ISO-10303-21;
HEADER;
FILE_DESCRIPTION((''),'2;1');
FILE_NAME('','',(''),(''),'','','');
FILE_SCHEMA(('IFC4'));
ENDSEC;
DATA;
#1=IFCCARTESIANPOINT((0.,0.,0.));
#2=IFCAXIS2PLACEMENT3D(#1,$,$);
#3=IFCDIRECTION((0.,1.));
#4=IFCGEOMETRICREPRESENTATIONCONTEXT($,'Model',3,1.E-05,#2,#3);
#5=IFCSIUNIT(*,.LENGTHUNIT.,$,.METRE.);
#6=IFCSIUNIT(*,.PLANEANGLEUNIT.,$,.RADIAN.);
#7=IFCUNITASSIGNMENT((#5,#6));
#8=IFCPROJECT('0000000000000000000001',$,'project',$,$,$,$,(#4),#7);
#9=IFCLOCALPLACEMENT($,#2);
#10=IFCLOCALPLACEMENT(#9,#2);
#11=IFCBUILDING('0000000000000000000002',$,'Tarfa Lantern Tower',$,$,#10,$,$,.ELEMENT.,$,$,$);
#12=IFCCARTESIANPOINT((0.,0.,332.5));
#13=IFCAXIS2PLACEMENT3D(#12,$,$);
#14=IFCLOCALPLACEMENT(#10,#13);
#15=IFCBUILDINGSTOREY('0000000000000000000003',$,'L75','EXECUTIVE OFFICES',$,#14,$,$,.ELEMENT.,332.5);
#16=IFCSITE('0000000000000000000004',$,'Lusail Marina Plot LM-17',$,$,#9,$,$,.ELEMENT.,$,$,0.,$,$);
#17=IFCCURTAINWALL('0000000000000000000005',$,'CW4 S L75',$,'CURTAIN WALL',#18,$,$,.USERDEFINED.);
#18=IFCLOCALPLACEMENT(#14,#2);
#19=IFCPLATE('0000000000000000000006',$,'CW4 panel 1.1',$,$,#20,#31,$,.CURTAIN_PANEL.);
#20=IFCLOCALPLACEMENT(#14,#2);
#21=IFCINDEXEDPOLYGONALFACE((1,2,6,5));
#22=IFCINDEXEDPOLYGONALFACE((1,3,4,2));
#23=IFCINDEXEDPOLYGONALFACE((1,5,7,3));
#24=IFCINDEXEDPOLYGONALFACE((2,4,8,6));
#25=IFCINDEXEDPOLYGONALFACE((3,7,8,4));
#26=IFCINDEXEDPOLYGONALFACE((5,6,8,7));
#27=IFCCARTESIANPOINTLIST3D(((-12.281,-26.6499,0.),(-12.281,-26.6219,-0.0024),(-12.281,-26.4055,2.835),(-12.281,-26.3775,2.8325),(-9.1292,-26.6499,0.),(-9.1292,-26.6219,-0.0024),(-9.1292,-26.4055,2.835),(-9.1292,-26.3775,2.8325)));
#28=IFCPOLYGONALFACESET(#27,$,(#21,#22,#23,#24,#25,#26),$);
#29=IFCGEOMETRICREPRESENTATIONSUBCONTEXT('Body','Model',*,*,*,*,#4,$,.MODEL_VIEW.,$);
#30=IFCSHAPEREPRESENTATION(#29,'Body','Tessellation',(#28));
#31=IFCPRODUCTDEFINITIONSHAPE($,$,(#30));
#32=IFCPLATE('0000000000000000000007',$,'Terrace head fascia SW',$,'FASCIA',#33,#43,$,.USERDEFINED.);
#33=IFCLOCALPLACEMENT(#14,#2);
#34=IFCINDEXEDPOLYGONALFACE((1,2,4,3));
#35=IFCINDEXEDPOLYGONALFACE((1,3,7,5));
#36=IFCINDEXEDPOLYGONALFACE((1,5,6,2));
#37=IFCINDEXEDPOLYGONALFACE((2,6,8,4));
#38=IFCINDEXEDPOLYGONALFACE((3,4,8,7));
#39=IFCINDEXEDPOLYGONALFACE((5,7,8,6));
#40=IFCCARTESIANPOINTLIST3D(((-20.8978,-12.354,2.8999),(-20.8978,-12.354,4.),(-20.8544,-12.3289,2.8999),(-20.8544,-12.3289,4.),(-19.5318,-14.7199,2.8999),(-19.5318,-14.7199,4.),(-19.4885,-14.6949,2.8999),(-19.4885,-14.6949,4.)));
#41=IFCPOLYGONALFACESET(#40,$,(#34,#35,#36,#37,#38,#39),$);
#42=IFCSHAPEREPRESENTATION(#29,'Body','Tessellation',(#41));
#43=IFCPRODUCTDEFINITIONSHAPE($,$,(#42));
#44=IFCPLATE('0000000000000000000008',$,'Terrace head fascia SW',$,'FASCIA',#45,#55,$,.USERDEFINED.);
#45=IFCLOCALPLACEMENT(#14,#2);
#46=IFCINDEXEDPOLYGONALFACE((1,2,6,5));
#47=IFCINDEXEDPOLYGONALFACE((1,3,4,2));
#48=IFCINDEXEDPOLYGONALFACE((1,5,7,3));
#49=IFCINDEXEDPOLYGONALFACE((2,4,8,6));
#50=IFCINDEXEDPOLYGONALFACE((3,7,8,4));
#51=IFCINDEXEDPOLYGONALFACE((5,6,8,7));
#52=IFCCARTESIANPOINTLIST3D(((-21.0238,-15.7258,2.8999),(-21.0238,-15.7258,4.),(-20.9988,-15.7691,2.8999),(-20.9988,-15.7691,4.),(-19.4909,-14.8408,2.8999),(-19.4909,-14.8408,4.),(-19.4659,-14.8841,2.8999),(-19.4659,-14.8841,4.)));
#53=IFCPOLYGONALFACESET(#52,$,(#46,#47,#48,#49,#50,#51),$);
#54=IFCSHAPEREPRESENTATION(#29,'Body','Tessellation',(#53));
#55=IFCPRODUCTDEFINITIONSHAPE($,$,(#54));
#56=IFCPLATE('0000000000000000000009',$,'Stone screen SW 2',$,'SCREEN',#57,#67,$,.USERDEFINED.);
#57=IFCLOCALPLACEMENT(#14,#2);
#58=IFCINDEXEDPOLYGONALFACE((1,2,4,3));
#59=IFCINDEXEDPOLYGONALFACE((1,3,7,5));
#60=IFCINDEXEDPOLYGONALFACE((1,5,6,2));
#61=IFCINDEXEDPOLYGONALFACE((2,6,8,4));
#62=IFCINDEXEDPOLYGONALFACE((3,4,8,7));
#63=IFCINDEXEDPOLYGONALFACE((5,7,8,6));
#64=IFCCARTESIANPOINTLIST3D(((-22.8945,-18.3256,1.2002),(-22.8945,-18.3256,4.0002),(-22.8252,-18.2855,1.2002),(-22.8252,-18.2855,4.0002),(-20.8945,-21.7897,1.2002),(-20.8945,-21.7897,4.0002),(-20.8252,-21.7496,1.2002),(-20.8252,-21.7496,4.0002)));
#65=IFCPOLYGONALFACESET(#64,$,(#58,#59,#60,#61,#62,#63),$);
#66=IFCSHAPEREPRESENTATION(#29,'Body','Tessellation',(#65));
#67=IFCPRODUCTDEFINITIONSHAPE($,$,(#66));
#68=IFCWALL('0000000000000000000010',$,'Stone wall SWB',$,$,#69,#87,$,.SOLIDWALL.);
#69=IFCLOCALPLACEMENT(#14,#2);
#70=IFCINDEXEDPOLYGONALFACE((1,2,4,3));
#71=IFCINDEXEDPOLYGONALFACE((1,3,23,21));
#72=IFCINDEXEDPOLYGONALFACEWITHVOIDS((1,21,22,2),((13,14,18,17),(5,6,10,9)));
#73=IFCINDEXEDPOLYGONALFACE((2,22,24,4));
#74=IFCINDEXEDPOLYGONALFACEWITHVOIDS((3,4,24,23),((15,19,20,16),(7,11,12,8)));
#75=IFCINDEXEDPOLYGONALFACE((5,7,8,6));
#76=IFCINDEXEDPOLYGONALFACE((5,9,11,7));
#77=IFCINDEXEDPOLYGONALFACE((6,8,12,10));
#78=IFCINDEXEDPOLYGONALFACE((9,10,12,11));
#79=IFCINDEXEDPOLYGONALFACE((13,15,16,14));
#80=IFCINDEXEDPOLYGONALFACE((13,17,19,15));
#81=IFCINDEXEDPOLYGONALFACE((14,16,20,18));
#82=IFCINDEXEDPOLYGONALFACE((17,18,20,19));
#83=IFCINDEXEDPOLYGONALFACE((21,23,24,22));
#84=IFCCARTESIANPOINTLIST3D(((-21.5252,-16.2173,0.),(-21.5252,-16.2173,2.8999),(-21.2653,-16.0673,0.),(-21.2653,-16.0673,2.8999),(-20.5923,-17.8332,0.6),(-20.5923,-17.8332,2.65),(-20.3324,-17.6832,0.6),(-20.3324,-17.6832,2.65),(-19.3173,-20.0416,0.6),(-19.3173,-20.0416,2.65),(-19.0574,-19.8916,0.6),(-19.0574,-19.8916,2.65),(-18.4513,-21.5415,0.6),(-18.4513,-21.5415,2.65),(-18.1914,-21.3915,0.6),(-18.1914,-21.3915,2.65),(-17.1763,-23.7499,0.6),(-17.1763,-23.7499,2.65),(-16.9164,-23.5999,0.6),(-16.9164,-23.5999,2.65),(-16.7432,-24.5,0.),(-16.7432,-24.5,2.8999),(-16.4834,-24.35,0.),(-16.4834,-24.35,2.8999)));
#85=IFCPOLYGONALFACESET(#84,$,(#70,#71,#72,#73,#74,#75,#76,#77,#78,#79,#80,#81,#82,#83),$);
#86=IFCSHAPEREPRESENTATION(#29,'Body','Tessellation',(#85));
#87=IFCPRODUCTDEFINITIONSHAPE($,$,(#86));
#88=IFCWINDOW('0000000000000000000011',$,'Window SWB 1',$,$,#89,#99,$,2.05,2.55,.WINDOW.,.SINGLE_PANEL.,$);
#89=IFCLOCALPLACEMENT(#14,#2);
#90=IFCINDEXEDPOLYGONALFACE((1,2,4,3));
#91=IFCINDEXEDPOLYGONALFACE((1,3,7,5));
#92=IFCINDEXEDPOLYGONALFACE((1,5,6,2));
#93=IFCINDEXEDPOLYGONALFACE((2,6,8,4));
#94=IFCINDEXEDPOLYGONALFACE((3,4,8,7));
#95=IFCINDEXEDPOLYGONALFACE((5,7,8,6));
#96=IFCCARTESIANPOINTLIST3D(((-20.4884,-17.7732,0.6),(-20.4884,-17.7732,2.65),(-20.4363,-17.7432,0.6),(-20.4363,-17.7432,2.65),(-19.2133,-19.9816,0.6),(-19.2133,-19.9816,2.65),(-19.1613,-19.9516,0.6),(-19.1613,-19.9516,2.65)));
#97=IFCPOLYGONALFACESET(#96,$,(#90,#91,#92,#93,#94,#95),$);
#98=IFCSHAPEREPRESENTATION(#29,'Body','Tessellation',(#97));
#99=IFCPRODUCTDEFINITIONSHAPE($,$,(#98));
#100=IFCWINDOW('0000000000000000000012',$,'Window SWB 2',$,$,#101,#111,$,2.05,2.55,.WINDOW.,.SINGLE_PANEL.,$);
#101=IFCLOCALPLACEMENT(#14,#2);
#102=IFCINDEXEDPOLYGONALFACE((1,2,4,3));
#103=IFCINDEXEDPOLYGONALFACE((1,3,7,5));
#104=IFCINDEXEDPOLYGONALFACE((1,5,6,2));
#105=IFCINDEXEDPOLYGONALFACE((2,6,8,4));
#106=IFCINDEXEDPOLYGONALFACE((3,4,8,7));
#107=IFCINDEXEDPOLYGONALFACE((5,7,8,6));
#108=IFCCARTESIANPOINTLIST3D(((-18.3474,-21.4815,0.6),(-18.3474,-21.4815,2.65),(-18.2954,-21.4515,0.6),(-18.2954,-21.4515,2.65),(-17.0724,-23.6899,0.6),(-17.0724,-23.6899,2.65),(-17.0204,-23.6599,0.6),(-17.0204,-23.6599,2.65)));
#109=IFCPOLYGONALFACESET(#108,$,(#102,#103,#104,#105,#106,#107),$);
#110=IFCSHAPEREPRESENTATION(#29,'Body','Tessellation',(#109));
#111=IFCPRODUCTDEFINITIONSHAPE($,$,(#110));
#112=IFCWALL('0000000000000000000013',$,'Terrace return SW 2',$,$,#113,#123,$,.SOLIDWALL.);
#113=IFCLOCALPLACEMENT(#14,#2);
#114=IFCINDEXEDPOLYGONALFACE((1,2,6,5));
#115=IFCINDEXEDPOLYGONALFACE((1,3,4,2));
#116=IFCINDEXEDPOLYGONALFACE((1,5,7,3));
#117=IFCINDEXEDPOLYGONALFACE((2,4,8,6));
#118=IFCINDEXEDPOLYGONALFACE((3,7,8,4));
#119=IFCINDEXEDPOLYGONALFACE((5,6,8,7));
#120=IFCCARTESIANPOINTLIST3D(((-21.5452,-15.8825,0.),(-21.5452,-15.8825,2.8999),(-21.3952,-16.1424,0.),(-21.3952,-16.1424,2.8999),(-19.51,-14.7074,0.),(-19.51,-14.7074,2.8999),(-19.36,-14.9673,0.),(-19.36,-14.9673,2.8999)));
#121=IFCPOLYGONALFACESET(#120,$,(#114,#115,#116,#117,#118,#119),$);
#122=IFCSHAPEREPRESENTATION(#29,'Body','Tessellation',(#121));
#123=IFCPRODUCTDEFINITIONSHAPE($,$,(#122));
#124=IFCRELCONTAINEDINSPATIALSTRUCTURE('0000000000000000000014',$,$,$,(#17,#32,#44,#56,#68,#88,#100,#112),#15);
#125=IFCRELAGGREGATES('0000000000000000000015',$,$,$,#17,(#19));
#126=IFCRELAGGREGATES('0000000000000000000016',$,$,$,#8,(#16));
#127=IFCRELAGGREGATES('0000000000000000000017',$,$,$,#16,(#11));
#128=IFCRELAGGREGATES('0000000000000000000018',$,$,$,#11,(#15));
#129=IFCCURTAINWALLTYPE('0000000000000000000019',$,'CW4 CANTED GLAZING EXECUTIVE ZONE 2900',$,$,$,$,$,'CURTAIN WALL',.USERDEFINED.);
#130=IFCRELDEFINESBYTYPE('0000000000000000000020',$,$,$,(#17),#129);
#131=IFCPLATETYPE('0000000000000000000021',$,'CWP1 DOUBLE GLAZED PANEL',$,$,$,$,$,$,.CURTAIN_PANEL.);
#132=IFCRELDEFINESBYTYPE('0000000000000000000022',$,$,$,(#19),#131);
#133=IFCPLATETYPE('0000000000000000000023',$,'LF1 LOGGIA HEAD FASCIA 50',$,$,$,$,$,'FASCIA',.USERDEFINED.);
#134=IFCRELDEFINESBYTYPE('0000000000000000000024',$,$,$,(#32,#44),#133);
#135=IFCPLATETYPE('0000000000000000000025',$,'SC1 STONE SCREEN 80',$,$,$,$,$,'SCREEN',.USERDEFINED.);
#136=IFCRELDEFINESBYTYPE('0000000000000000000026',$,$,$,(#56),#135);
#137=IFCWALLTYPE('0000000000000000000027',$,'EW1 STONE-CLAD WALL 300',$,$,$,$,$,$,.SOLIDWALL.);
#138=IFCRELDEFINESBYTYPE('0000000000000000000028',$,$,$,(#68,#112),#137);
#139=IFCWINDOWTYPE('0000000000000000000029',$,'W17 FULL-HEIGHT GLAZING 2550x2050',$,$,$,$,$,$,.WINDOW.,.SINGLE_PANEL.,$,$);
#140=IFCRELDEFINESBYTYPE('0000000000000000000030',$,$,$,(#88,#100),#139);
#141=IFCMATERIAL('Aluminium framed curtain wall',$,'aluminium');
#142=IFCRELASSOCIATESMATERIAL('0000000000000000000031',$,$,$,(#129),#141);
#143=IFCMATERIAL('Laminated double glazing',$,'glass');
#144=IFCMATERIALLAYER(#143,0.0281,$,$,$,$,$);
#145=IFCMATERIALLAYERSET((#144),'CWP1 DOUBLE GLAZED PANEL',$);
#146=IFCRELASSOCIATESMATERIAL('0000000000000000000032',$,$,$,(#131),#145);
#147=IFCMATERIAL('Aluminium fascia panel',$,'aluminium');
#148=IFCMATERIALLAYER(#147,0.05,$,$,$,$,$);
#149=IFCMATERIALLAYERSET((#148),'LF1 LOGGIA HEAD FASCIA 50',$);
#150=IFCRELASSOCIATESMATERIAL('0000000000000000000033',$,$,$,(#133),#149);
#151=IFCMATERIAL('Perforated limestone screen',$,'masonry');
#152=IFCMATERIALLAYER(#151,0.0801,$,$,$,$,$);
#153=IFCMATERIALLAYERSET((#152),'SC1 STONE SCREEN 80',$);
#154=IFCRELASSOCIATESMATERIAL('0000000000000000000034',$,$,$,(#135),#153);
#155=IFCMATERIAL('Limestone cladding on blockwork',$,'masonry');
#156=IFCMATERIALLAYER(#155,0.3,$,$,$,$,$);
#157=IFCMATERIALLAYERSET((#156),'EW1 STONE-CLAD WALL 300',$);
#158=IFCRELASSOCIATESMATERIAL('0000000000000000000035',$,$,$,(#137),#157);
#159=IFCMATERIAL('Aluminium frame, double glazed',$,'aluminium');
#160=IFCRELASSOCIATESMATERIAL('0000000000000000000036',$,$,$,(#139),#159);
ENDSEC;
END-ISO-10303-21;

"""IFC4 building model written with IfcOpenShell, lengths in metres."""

from ifc_helpers import new_model, si_unit, direction, frame, frame_2d, origin, origin_2d, place, context, subcontext, project, spatial, polyline, rectangle, outline, extrude, material, layer, layer_set, type_object, element, fill, aggregate, save


model = new_model("IFC4")

# Units and contexts
model_context = context("Model", 3, precision=1e-05, world=origin(), true_north=direction((0.0, 1.0)))
body_context = subcontext(model_context, "Body", "Model", "MODEL_VIEW")
ifc_project = project(units=[si_unit("LENGTHUNIT", "METRE"), si_unit("PLANEANGLEUNIT", "RADIAN")], contexts=[model_context])

# Site, building, storey
site_placement = place(None, origin())
site = spatial("IfcSite", under=ifc_project, at=site_placement, Name="Lusail Marina Plot LM-17", CompositionType="ELEMENT", RefElevation=0.0)
building_placement = place(site_placement, origin())
building = spatial("IfcBuilding", under=site, at=building_placement, Name="Tarfa Lantern Tower", CompositionType="ELEMENT")
storey_placement = place(building_placement, frame((0.0, 0.0, 332.5)))
storey = spatial("IfcBuildingStorey", under=building, at=storey_placement, Name="L75", Description="EXECUTIVE OFFICES", CompositionType="ELEMENT", Elevation=332.5)

# Curtain wall
ifc_material_1 = material(Name="Aluminium framed curtain wall", Category="aluminium")
curtain_wall_type = type_object("IfcCurtainWallType", Name="CW4 CANTED GLAZING EXECUTIVE ZONE 2900", ElementType="CURTAIN WALL", PredefinedType="USERDEFINED", material=ifc_material_1)
curtain_wall_placement = place(storey_placement, origin())
curtain_wall = element("IfcCurtainWall", 1, at=curtain_wall_placement, inside=storey, type_object=curtain_wall_type, Name="CW4 S L75", ObjectType="CURTAIN WALL", PredefinedType="USERDEFINED")

# Plate
ifc_material_2 = material(Name="Laminated double glazing", Category="glass")
ifc_layer_1 = layer(ifc_material_2, 0.0281)
ifc_layer_set_1 = layer_set([ifc_layer_1], Name="CWP1 DOUBLE GLAZED PANEL")
plate_type_1 = type_object("IfcPlateType", Name="CWP1 DOUBLE GLAZED PANEL", PredefinedType="CURTAIN_PANEL", material=ifc_layer_set_1)
plate_1_placement = place(storey_placement, frame((-12.281, -26.6499, 0.0), z_axis=(0.0, -0.996305, 0.085885), x_axis=(1.0, 0.0, 0.0)))
plate_1 = element("IfcPlate", 2, at=plate_1_placement, type_object=plate_type_1, Name="CW4 panel 1.1", PredefinedType="CURTAIN_PANEL", context=body_context, shape_type="SweptSolid", body=[
    extrude(outline(polyline([(0.0, 0.0), (3.1519, 0.0), (3.1519, 2.8455), (0.0, 2.8455), (0.0, 0.0)])), origin(), (0.0, 0.0, -1.0), 0.0281),
])
aggregate(curtain_wall, [plate_1])

# Plates
ifc_material_3 = material(Name="Aluminium fascia panel", Category="aluminium")
ifc_layer_2 = layer(ifc_material_3, 0.05)
ifc_layer_set_2 = layer_set([ifc_layer_2], Name="LF1 LOGGIA HEAD FASCIA 50")
plate_type_2 = type_object("IfcPlateType", Name="LF1 LOGGIA HEAD FASCIA 50", ElementType="FASCIA", PredefinedType="USERDEFINED", material=ifc_layer_set_2)
plate_2_placement = place(storey_placement, frame((-20.1931, -13.5244, 2.8999), z_axis=(0.0, 0.0, 1.0), x_axis=(0.5, -0.866025, 0.0)))
element("IfcPlate", 3, at=plate_2_placement, inside=storey, type_object=plate_type_2, Name="Terrace head fascia SW", ObjectType="FASCIA", PredefinedType="USERDEFINED", context=body_context, shape_type="SweptSolid", body=[
    extrude(rectangle(XDim=2.7319, YDim=0.05, at=origin_2d()), origin(), (0.0, 0.0, 1.0), 1.1001),
])
plate_3_placement = place(storey_placement, frame((-20.2449, -15.3049, 2.8999), z_axis=(0.0, 0.0, 1.0), x_axis=(0.866025, 0.5, 0.0)))
element("IfcPlate", 4, at=plate_3_placement, inside=storey, type_object=plate_type_2, Name="Terrace head fascia SW", ObjectType="FASCIA", PredefinedType="USERDEFINED", context=body_context, shape_type="SweptSolid", body=[
    extrude(rectangle(XDim=1.77, YDim=0.05, at=origin_2d()), origin(), (0.0, 0.0, 1.0), 1.1001),
])
ifc_material_4 = material(Name="Perforated limestone screen", Category="masonry")
ifc_layer_3 = layer(ifc_material_4, 0.0801)
ifc_layer_set_3 = layer_set([ifc_layer_3], Name="SC1 STONE SCREEN 80")
plate_type_3 = type_object("IfcPlateType", Name="SC1 STONE SCREEN 80", ElementType="SCREEN", PredefinedType="USERDEFINED", material=ifc_layer_set_3)
plate_4_placement = place(storey_placement, frame((-21.8599, -20.0376, 1.2002), z_axis=(0.0, 0.0, 1.0), x_axis=(0.5, -0.866025, 0.0)))
element("IfcPlate", 5, at=plate_4_placement, inside=storey, type_object=plate_type_3, Name="Stone screen SW 2", ObjectType="SCREEN", PredefinedType="USERDEFINED", context=body_context, shape_type="SweptSolid", body=[
    extrude(rectangle(XDim=4.0, YDim=0.0801, at=origin_2d()), origin(), (0.0, 0.0, 1.0), 2.8),
])

# Wall, openings, windows
ifc_material_5 = material(Name="Limestone cladding on blockwork", Category="masonry")
ifc_layer_4 = layer(ifc_material_5, 0.3)
ifc_layer_set_4 = layer_set([ifc_layer_4], Name="EW1 STONE-CLAD WALL 300")
wall_type = type_object("IfcWallType", Name="EW1 STONE-CLAD WALL 300", PredefinedType="SOLIDWALL", material=ifc_layer_set_4)
wall_1_placement = place(storey_placement, frame((-21.3953, -16.1423, 0.0), z_axis=(0.0, 0.0, 1.0), x_axis=(0.499996, -0.866027, 0.0)))
wall_1 = element("IfcWall", 6, at=wall_1_placement, inside=storey, type_object=wall_type, Name="Stone wall SWB", PredefinedType="SOLIDWALL", context=body_context, shape_type="SweptSolid", body=[
    extrude(rectangle(XDim=9.564, YDim=0.3, at=frame_2d((4.782, 0.0))), origin(), (0.0, 0.0, 1.0), 2.8999),
])
opening_1_placement = place(wall_1_placement, frame((1.866, 0.0, 0.6001)))
opening_1 = element("IfcOpeningElement", 7, at=opening_1_placement, cuts=wall_1, PredefinedType="OPENING", context=body_context, shape_type="SweptSolid", body=[
    extrude(rectangle(XDim=2.55, YDim=2.05, at=frame_2d((1.2749, 1.0249))), frame((0.0, 0.1599, 0.0), z_axis=(0.0, -1.0, 0.0), x_axis=(1.0, 0.0, 0.0)), (0.0, 0.0, 1.0), 0.3201),
])
opening_2_placement = place(wall_1_placement, frame((6.1479, 0.0, 0.6001)))
opening_2 = element("IfcOpeningElement", 8, at=opening_2_placement, cuts=wall_1, PredefinedType="OPENING", context=body_context, shape_type="SweptSolid", body=[
    extrude(rectangle(XDim=2.55, YDim=2.05, at=frame_2d((1.2749, 1.0249))), frame((0.0, 0.1599, 0.0), z_axis=(0.0, -1.0, 0.0), x_axis=(1.0, 0.0, 0.0)), (0.0, 0.0, 1.0), 0.3201),
])
ifc_material_6 = material(Name="Aluminium frame, double glazed", Category="aluminium")
window_type = type_object("IfcWindowType", Name="W17 FULL-HEIGHT GLAZING 2550x2050", PartitioningType="SINGLE_PANEL", PredefinedType="WINDOW", material=ifc_material_6)
window_1_placement = place(opening_1_placement, origin())
window_1 = element("IfcWindow", 9, at=window_1_placement, inside=storey, type_object=window_type, Name="Window SWB 1", OverallHeight=2.05, OverallWidth=2.55, PartitioningType="SINGLE_PANEL", PredefinedType="WINDOW", context=body_context, shape_type="SweptSolid", body=[
    extrude(rectangle(XDim=2.55, YDim=2.05, at=frame_2d((1.2749, 1.0249))), frame((0.0, 0.03, 0.0), z_axis=(0.0, -1.0, 0.0), x_axis=(1.0, 0.0, 0.0)), (0.0, 0.0, 1.0), 0.0601),
])
fill(opening_1, window_1)
window_2_placement = place(opening_2_placement, origin())
window_2 = element("IfcWindow", 10, at=window_2_placement, inside=storey, type_object=window_type, Name="Window SWB 2", OverallHeight=2.05, OverallWidth=2.55, PartitioningType="SINGLE_PANEL", PredefinedType="WINDOW", context=body_context, shape_type="SweptSolid", body=[
    extrude(rectangle(XDim=2.55, YDim=2.05, at=frame_2d((1.2749, 1.0249))), frame((0.0, 0.03, 0.0), z_axis=(0.0, -1.0, 0.0), x_axis=(1.0, 0.0, 0.0)), (0.0, 0.0, 1.0), 0.0601),
])
fill(opening_2, window_2)

# Wall
wall_2_placement = place(storey_placement, frame((-21.4702, -16.0125, 0.0), z_axis=(0.0, 0.0, 1.0), x_axis=(0.866016, 0.500016, 0.0)))
element("IfcWall", 11, at=wall_2_placement, inside=storey, type_object=wall_type, Name="Terrace return SW 2", PredefinedType="SOLIDWALL", context=body_context, shape_type="SweptSolid", body=[
    extrude(rectangle(XDim=2.3501, YDim=0.3, at=frame_2d((1.175, 0.0))), origin(), (0.0, 0.0, 1.0), 2.8999),
])

save(model, "model.ifc")
